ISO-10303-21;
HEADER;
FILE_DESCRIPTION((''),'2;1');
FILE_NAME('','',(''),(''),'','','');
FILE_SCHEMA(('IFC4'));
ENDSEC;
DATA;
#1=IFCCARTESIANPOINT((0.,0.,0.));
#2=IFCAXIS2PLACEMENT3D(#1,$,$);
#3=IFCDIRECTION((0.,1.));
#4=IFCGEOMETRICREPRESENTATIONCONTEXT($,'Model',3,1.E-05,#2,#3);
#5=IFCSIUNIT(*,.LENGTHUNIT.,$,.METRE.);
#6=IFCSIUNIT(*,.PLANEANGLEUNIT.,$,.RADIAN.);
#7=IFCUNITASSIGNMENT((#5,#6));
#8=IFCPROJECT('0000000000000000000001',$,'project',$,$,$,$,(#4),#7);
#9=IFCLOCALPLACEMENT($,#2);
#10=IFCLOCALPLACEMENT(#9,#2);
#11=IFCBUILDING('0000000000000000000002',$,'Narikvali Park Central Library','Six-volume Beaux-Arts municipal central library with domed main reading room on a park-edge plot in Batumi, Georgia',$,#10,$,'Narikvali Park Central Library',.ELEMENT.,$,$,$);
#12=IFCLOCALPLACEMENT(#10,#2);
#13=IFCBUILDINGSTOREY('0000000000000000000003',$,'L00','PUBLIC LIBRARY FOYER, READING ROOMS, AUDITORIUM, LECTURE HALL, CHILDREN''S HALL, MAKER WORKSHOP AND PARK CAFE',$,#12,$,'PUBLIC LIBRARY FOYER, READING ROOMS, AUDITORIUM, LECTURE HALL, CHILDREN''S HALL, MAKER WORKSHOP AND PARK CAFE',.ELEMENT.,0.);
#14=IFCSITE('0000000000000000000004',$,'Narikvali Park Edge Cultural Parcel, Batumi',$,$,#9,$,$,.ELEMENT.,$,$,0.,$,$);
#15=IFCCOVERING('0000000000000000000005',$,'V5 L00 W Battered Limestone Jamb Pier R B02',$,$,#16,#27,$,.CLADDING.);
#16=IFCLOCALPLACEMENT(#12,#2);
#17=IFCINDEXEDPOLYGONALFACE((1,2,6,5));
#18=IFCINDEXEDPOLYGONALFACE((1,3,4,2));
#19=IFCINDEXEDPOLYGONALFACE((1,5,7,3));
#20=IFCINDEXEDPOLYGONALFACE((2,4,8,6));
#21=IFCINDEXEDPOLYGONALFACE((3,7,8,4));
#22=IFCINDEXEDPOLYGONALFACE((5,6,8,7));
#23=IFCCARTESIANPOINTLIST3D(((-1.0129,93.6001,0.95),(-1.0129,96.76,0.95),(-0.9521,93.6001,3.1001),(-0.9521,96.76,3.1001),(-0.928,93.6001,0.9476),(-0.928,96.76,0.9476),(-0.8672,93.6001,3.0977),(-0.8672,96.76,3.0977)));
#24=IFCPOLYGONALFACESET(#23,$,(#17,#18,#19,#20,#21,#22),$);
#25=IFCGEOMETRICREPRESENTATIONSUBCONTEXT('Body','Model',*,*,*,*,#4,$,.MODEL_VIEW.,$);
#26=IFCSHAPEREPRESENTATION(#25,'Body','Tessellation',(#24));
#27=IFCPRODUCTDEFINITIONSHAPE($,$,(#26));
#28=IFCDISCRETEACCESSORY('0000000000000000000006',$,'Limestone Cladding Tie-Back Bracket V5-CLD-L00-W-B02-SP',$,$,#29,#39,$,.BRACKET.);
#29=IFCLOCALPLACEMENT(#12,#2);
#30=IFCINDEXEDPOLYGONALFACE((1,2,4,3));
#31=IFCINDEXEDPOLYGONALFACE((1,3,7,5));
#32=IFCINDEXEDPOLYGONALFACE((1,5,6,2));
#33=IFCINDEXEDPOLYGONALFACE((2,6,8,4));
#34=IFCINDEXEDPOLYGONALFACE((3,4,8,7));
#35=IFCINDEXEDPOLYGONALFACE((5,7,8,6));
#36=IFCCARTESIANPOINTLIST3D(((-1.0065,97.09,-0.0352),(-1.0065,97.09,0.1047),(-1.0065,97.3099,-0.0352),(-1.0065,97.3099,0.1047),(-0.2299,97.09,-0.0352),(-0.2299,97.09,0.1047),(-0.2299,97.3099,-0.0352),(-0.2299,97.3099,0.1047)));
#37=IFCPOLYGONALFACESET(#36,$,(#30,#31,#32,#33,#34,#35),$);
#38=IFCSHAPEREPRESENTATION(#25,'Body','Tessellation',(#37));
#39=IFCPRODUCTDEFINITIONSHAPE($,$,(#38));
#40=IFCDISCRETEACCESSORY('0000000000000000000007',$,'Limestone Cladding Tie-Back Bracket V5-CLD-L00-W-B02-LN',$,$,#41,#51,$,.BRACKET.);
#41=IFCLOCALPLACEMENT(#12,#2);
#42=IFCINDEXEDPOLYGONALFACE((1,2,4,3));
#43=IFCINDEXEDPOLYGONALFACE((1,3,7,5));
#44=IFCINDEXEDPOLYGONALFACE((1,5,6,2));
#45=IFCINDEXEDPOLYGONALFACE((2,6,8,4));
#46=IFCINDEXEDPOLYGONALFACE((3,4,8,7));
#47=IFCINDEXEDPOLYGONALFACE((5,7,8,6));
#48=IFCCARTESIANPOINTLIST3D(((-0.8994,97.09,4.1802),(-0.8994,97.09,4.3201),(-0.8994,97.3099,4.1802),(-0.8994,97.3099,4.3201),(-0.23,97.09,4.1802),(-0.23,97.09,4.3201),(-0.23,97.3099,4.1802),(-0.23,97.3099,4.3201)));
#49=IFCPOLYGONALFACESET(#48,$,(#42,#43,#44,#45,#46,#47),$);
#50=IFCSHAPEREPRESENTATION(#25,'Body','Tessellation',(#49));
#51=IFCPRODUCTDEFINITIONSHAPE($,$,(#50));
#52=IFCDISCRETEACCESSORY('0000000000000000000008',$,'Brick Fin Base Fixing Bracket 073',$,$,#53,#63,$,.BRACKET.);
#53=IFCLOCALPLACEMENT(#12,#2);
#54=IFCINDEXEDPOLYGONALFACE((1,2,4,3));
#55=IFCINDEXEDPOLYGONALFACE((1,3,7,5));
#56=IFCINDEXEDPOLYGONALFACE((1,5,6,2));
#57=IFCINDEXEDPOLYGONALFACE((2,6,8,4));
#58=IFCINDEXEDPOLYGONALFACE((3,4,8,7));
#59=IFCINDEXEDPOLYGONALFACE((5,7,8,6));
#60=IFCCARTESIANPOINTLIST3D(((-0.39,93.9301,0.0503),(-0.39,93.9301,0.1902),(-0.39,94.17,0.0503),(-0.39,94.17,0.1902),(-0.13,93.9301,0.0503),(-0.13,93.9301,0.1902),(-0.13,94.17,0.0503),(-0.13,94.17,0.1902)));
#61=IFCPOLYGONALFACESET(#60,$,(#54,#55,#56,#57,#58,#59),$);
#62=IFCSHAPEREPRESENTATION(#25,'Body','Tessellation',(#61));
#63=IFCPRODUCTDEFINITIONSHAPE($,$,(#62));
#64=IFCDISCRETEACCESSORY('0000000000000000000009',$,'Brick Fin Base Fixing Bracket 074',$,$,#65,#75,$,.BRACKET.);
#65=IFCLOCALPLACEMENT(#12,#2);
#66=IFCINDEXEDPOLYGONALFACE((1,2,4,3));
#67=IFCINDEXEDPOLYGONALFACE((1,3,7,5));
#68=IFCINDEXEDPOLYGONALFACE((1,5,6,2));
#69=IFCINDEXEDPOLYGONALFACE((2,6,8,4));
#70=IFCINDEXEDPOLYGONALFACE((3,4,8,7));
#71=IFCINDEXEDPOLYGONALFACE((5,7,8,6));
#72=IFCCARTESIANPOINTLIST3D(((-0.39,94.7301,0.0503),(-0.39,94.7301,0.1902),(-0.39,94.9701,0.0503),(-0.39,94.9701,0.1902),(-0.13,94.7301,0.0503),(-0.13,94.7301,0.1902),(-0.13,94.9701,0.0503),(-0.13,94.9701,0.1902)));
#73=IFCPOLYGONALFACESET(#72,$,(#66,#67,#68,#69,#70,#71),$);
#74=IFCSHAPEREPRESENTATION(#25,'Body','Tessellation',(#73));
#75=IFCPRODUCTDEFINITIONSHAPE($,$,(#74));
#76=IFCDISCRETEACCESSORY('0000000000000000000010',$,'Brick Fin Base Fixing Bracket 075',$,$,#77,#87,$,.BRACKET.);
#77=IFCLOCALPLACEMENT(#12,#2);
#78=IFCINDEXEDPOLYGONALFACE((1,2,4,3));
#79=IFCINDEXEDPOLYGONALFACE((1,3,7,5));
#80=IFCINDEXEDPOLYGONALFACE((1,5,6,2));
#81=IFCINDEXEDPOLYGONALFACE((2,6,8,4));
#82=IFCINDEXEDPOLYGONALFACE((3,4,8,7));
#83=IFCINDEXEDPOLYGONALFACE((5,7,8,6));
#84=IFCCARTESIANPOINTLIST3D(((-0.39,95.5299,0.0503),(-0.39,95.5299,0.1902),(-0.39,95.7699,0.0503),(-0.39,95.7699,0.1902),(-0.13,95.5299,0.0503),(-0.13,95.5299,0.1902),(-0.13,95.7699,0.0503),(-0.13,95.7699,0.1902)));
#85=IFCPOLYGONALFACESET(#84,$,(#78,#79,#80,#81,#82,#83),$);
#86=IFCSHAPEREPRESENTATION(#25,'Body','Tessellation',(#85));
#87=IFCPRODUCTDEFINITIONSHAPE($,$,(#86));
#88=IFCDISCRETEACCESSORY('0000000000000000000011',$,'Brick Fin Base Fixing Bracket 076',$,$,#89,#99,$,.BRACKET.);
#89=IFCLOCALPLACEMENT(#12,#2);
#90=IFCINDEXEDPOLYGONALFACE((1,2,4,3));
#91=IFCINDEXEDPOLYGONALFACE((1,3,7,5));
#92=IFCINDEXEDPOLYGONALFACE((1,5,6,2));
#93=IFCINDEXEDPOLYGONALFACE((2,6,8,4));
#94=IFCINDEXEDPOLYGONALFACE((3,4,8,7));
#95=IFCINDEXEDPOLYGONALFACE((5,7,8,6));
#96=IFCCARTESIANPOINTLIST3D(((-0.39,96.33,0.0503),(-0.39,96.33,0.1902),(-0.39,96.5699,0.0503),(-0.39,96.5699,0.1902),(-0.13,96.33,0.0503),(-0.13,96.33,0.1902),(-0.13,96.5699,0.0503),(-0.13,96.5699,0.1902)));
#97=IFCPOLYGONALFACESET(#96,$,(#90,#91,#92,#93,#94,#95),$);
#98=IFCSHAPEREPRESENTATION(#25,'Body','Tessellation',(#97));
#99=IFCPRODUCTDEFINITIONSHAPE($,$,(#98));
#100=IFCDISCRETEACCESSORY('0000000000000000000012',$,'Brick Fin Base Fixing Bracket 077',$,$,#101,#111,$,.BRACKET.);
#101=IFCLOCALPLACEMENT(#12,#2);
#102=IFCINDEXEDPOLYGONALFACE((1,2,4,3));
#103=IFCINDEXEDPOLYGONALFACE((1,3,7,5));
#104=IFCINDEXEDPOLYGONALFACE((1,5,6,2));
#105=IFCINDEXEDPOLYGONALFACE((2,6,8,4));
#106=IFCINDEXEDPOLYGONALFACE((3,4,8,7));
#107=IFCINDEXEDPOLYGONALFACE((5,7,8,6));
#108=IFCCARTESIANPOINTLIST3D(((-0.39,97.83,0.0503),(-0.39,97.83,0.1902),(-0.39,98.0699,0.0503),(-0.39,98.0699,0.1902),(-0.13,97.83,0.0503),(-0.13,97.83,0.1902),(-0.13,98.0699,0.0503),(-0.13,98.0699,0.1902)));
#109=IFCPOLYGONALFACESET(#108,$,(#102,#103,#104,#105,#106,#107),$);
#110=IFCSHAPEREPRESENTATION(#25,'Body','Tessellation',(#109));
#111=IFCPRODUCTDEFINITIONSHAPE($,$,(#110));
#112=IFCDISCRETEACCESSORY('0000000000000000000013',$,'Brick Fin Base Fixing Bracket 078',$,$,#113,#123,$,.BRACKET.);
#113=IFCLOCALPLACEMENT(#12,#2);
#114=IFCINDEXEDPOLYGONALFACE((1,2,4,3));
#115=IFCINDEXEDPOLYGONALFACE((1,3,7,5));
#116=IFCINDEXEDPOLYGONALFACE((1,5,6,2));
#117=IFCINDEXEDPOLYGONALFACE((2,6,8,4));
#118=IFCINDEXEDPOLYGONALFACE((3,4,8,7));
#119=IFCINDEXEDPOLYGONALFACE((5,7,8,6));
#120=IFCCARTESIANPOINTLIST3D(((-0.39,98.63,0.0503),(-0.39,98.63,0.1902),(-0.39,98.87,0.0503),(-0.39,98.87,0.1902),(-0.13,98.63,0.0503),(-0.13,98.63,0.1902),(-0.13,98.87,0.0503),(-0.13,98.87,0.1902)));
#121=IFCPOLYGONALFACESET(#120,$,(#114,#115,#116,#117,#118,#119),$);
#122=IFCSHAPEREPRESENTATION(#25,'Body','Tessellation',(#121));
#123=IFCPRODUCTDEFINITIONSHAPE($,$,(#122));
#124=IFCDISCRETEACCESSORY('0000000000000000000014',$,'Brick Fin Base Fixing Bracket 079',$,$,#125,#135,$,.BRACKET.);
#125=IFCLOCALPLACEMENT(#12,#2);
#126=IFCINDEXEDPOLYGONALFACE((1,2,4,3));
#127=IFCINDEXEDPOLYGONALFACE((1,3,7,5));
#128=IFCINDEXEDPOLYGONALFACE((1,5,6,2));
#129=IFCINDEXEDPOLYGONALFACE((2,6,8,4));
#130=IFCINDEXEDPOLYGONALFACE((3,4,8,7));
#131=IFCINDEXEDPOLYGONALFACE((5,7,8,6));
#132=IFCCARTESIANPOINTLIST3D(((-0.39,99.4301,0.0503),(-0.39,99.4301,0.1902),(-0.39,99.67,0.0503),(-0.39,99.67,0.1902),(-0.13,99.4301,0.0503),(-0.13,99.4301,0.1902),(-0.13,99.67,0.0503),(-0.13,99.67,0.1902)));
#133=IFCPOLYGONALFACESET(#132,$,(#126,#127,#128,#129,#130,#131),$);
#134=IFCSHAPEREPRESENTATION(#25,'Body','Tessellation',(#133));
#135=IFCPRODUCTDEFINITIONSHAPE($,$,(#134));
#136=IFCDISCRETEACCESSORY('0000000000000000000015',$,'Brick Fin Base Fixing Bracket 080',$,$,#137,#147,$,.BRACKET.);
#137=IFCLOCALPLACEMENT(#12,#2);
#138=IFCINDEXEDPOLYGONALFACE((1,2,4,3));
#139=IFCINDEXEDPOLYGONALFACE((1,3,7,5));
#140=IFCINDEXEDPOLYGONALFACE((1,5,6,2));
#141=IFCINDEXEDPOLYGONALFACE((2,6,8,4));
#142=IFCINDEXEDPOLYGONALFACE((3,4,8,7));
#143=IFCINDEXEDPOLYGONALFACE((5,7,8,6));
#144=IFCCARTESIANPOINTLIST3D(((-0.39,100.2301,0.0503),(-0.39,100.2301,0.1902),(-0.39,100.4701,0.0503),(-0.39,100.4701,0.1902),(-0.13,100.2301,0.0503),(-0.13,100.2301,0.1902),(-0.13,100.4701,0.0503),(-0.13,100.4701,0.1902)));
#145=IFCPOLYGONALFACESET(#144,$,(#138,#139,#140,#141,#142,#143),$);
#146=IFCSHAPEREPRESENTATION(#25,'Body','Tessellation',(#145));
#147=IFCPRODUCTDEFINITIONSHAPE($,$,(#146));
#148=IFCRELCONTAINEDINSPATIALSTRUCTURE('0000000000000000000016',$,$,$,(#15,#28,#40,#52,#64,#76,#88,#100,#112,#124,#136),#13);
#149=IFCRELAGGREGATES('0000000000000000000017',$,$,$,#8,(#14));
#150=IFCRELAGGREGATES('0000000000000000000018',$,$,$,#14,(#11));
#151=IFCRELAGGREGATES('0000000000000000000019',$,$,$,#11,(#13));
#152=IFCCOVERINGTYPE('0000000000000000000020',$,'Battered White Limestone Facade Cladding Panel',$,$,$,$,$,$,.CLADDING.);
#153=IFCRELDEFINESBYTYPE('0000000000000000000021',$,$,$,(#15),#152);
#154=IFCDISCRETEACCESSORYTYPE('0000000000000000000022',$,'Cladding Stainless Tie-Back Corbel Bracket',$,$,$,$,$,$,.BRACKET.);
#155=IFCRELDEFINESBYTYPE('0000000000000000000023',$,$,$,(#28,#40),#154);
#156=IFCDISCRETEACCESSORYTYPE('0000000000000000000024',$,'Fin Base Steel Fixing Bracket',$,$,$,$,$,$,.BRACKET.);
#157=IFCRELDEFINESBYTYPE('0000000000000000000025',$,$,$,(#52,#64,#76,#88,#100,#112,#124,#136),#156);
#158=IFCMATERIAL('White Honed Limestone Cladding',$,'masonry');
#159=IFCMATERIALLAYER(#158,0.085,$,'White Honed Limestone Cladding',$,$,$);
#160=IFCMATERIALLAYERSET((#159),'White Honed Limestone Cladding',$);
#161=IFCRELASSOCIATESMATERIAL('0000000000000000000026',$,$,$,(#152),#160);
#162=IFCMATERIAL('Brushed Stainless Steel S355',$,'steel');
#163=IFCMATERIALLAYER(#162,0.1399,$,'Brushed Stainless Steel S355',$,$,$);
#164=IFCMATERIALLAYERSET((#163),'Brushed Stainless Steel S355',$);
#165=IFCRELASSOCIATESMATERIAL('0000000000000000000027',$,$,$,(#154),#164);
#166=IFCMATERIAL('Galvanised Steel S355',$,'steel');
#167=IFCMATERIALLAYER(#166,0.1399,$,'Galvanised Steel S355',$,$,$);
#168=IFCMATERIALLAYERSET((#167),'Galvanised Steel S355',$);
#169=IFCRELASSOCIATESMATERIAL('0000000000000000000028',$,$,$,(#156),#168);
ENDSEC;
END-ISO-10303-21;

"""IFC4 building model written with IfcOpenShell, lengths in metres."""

from ifc_helpers import new_model, si_unit, direction, frame, origin, origin_2d, place, context, subcontext, project, spatial, polyline, rectangle, outline, extrude, material, layer, layer_set, type_object, element, save


model = new_model("IFC4")

# Units and contexts
model_context = context("Model", 3, precision=1e-05, world=origin(), true_north=direction((0.0, 1.0)))
body_context = subcontext(model_context, "Body", "Model", "MODEL_VIEW")
ifc_project = project(units=[si_unit("LENGTHUNIT", "METRE"), si_unit("PLANEANGLEUNIT", "RADIAN")], contexts=[model_context])

# Site, building, storey
site_placement = place(None, origin())
site = spatial("IfcSite", under=ifc_project, at=site_placement, Name="Narikvali Park Edge Cultural Parcel, Batumi", CompositionType="ELEMENT", RefElevation=0.0)
building_placement = place(site_placement, origin())
building = spatial("IfcBuilding", under=site, at=building_placement, Name="Narikvali Park Central Library", Description="Six-volume Beaux-Arts municipal central library with domed main reading room on a park-edge plot in Batumi, Georgia", LongName="Narikvali Park Central Library", CompositionType="ELEMENT")
storey_placement = place(building_placement, origin())
storey = spatial("IfcBuildingStorey", under=building, at=storey_placement, Name="L00", Description="PUBLIC LIBRARY FOYER, READING ROOMS, AUDITORIUM, LECTURE HALL, CHILDREN'S HALL, MAKER WORKSHOP AND PARK CAFE", LongName="PUBLIC LIBRARY FOYER, READING ROOMS, AUDITORIUM, LECTURE HALL, CHILDREN'S HALL, MAKER WORKSHOP AND PARK CAFE", CompositionType="ELEMENT", Elevation=0.0)

# Covering
ifc_material_1 = material(Name="White Honed Limestone Cladding", Category="masonry")
ifc_layer_1 = layer(ifc_material_1, 0.085, Name="White Honed Limestone Cladding")
ifc_layer_set_1 = layer_set([ifc_layer_1], Name="White Honed Limestone Cladding")
covering_type = type_object("IfcCoveringType", Name="Battered White Limestone Facade Cladding Panel", PredefinedType="CLADDING", material=ifc_layer_set_1)
covering_1_placement = place(storey_placement, frame((-1.0129, 96.76, 0.95), z_axis=(-0.999601, 0.0, 0.028262), x_axis=(0.0, -1.0, 0.0)))
element("IfcCovering", 1, at=covering_1_placement, inside=storey, type_object=covering_type, Name="V5 L00 W Battered Limestone Jamb Pier R B02", PredefinedType="CLADDING", context=body_context, shape_type="SweptSolid", body=[
    extrude(outline(polyline([(0.0, 0.0), (3.1599, 0.0), (3.1599, 2.151), (0.0, 2.151), (0.0, 0.0)])), origin(), (0.0, 0.0, -1.0), 0.085),
])

# Discrete accessories
ifc_material_2 = material(Name="Brushed Stainless Steel S355", Category="steel")
ifc_layer_2 = layer(ifc_material_2, 0.1399, Name="Brushed Stainless Steel S355")
ifc_layer_set_2 = layer_set([ifc_layer_2], Name="Brushed Stainless Steel S355")
discrete_accessory_type_1 = type_object("IfcDiscreteAccessoryType", Name="Cladding Stainless Tie-Back Corbel Bracket", PredefinedType="BRACKET", material=ifc_layer_set_2)
discrete_accessory_1_placement = place(storey_placement, frame((-0.6182, 97.2, -0.0352), z_axis=(0.0, 0.0, 1.0), x_axis=(1.0, 0.0, 0.0)))
element("IfcDiscreteAccessory", 2, at=discrete_accessory_1_placement, inside=storey, type_object=discrete_accessory_type_1, Name="Limestone Cladding Tie-Back Bracket V5-CLD-L00-W-B02-SP", PredefinedType="BRACKET", context=body_context, shape_type="SweptSolid", body=[
    extrude(rectangle(XDim=0.7766, YDim=0.22, at=origin_2d()), origin(), (0.0, 0.0, 1.0), 0.1399),
])
discrete_accessory_2_placement = place(storey_placement, frame((-0.5647, 97.2, 4.1802), z_axis=(0.0, 0.0, 1.0), x_axis=(1.0, 0.0, 0.0)))
element("IfcDiscreteAccessory", 3, at=discrete_accessory_2_placement, inside=storey, type_object=discrete_accessory_type_1, Name="Limestone Cladding Tie-Back Bracket V5-CLD-L00-W-B02-LN", PredefinedType="BRACKET", context=body_context, shape_type="SweptSolid", body=[
    extrude(rectangle(XDim=0.6694, YDim=0.22, at=origin_2d()), origin(), (0.0, 0.0, 1.0), 0.1399),
])
ifc_material_3 = material(Name="Galvanised Steel S355", Category="steel")
ifc_layer_3 = layer(ifc_material_3, 0.1399, Name="Galvanised Steel S355")
ifc_layer_set_3 = layer_set([ifc_layer_3], Name="Galvanised Steel S355")
discrete_accessory_type_2 = type_object("IfcDiscreteAccessoryType", Name="Fin Base Steel Fixing Bracket", PredefinedType="BRACKET", material=ifc_layer_set_3)
for number, where, z_axis, x_axis, name in (
    (4, (-0.26, 94.05, 0.0503), (0.0, 0.0, 1.0), (1.0, 0.0, 0.0), "Brick Fin Base Fixing Bracket 073"),
    (5, (-0.26, 94.8501, 0.0503), (0.0, 0.0, 1.0), (1.0, 0.0, 0.0), "Brick Fin Base Fixing Bracket 074"),
    (6, (-0.26, 95.6499, 0.0503), (0.0, 0.0, 1.0), (1.0, 0.0, 0.0), "Brick Fin Base Fixing Bracket 075"),
    (7, (-0.26, 96.45, 0.0503), (0.0, 0.0, 1.0), (1.0, 0.0, 0.0), "Brick Fin Base Fixing Bracket 076"),
    (8, (-0.26, 97.95, 0.0503), (0.0, 0.0, 1.0), (1.0, 0.0, 0.0), "Brick Fin Base Fixing Bracket 077"),
    (9, (-0.26, 98.75, 0.0503), (0.0, 0.0, 1.0), (1.0, 0.0, 0.0), "Brick Fin Base Fixing Bracket 078"),
    (10, (-0.26, 99.55, 0.0503), (0.0, 0.0, 1.0), (1.0, 0.0, 0.0), "Brick Fin Base Fixing Bracket 079"),
    (11, (-0.26, 100.3501, 0.0503), (0.0, 0.0, 1.0), (1.0, 0.0, 0.0), "Brick Fin Base Fixing Bracket 080"),
):
    element("IfcDiscreteAccessory", number, at=place(storey_placement, frame(where, z_axis=z_axis, x_axis=x_axis)), inside=storey, type_object=discrete_accessory_type_2, Name=name, PredefinedType="BRACKET", context=body_context, shape_type="SweptSolid", body=[
        extrude(rectangle(XDim=0.26, YDim=0.24, at=origin_2d()), origin(), (0.0, 0.0, 1.0), 0.1399),
    ])

save(model, "model.ifc")
